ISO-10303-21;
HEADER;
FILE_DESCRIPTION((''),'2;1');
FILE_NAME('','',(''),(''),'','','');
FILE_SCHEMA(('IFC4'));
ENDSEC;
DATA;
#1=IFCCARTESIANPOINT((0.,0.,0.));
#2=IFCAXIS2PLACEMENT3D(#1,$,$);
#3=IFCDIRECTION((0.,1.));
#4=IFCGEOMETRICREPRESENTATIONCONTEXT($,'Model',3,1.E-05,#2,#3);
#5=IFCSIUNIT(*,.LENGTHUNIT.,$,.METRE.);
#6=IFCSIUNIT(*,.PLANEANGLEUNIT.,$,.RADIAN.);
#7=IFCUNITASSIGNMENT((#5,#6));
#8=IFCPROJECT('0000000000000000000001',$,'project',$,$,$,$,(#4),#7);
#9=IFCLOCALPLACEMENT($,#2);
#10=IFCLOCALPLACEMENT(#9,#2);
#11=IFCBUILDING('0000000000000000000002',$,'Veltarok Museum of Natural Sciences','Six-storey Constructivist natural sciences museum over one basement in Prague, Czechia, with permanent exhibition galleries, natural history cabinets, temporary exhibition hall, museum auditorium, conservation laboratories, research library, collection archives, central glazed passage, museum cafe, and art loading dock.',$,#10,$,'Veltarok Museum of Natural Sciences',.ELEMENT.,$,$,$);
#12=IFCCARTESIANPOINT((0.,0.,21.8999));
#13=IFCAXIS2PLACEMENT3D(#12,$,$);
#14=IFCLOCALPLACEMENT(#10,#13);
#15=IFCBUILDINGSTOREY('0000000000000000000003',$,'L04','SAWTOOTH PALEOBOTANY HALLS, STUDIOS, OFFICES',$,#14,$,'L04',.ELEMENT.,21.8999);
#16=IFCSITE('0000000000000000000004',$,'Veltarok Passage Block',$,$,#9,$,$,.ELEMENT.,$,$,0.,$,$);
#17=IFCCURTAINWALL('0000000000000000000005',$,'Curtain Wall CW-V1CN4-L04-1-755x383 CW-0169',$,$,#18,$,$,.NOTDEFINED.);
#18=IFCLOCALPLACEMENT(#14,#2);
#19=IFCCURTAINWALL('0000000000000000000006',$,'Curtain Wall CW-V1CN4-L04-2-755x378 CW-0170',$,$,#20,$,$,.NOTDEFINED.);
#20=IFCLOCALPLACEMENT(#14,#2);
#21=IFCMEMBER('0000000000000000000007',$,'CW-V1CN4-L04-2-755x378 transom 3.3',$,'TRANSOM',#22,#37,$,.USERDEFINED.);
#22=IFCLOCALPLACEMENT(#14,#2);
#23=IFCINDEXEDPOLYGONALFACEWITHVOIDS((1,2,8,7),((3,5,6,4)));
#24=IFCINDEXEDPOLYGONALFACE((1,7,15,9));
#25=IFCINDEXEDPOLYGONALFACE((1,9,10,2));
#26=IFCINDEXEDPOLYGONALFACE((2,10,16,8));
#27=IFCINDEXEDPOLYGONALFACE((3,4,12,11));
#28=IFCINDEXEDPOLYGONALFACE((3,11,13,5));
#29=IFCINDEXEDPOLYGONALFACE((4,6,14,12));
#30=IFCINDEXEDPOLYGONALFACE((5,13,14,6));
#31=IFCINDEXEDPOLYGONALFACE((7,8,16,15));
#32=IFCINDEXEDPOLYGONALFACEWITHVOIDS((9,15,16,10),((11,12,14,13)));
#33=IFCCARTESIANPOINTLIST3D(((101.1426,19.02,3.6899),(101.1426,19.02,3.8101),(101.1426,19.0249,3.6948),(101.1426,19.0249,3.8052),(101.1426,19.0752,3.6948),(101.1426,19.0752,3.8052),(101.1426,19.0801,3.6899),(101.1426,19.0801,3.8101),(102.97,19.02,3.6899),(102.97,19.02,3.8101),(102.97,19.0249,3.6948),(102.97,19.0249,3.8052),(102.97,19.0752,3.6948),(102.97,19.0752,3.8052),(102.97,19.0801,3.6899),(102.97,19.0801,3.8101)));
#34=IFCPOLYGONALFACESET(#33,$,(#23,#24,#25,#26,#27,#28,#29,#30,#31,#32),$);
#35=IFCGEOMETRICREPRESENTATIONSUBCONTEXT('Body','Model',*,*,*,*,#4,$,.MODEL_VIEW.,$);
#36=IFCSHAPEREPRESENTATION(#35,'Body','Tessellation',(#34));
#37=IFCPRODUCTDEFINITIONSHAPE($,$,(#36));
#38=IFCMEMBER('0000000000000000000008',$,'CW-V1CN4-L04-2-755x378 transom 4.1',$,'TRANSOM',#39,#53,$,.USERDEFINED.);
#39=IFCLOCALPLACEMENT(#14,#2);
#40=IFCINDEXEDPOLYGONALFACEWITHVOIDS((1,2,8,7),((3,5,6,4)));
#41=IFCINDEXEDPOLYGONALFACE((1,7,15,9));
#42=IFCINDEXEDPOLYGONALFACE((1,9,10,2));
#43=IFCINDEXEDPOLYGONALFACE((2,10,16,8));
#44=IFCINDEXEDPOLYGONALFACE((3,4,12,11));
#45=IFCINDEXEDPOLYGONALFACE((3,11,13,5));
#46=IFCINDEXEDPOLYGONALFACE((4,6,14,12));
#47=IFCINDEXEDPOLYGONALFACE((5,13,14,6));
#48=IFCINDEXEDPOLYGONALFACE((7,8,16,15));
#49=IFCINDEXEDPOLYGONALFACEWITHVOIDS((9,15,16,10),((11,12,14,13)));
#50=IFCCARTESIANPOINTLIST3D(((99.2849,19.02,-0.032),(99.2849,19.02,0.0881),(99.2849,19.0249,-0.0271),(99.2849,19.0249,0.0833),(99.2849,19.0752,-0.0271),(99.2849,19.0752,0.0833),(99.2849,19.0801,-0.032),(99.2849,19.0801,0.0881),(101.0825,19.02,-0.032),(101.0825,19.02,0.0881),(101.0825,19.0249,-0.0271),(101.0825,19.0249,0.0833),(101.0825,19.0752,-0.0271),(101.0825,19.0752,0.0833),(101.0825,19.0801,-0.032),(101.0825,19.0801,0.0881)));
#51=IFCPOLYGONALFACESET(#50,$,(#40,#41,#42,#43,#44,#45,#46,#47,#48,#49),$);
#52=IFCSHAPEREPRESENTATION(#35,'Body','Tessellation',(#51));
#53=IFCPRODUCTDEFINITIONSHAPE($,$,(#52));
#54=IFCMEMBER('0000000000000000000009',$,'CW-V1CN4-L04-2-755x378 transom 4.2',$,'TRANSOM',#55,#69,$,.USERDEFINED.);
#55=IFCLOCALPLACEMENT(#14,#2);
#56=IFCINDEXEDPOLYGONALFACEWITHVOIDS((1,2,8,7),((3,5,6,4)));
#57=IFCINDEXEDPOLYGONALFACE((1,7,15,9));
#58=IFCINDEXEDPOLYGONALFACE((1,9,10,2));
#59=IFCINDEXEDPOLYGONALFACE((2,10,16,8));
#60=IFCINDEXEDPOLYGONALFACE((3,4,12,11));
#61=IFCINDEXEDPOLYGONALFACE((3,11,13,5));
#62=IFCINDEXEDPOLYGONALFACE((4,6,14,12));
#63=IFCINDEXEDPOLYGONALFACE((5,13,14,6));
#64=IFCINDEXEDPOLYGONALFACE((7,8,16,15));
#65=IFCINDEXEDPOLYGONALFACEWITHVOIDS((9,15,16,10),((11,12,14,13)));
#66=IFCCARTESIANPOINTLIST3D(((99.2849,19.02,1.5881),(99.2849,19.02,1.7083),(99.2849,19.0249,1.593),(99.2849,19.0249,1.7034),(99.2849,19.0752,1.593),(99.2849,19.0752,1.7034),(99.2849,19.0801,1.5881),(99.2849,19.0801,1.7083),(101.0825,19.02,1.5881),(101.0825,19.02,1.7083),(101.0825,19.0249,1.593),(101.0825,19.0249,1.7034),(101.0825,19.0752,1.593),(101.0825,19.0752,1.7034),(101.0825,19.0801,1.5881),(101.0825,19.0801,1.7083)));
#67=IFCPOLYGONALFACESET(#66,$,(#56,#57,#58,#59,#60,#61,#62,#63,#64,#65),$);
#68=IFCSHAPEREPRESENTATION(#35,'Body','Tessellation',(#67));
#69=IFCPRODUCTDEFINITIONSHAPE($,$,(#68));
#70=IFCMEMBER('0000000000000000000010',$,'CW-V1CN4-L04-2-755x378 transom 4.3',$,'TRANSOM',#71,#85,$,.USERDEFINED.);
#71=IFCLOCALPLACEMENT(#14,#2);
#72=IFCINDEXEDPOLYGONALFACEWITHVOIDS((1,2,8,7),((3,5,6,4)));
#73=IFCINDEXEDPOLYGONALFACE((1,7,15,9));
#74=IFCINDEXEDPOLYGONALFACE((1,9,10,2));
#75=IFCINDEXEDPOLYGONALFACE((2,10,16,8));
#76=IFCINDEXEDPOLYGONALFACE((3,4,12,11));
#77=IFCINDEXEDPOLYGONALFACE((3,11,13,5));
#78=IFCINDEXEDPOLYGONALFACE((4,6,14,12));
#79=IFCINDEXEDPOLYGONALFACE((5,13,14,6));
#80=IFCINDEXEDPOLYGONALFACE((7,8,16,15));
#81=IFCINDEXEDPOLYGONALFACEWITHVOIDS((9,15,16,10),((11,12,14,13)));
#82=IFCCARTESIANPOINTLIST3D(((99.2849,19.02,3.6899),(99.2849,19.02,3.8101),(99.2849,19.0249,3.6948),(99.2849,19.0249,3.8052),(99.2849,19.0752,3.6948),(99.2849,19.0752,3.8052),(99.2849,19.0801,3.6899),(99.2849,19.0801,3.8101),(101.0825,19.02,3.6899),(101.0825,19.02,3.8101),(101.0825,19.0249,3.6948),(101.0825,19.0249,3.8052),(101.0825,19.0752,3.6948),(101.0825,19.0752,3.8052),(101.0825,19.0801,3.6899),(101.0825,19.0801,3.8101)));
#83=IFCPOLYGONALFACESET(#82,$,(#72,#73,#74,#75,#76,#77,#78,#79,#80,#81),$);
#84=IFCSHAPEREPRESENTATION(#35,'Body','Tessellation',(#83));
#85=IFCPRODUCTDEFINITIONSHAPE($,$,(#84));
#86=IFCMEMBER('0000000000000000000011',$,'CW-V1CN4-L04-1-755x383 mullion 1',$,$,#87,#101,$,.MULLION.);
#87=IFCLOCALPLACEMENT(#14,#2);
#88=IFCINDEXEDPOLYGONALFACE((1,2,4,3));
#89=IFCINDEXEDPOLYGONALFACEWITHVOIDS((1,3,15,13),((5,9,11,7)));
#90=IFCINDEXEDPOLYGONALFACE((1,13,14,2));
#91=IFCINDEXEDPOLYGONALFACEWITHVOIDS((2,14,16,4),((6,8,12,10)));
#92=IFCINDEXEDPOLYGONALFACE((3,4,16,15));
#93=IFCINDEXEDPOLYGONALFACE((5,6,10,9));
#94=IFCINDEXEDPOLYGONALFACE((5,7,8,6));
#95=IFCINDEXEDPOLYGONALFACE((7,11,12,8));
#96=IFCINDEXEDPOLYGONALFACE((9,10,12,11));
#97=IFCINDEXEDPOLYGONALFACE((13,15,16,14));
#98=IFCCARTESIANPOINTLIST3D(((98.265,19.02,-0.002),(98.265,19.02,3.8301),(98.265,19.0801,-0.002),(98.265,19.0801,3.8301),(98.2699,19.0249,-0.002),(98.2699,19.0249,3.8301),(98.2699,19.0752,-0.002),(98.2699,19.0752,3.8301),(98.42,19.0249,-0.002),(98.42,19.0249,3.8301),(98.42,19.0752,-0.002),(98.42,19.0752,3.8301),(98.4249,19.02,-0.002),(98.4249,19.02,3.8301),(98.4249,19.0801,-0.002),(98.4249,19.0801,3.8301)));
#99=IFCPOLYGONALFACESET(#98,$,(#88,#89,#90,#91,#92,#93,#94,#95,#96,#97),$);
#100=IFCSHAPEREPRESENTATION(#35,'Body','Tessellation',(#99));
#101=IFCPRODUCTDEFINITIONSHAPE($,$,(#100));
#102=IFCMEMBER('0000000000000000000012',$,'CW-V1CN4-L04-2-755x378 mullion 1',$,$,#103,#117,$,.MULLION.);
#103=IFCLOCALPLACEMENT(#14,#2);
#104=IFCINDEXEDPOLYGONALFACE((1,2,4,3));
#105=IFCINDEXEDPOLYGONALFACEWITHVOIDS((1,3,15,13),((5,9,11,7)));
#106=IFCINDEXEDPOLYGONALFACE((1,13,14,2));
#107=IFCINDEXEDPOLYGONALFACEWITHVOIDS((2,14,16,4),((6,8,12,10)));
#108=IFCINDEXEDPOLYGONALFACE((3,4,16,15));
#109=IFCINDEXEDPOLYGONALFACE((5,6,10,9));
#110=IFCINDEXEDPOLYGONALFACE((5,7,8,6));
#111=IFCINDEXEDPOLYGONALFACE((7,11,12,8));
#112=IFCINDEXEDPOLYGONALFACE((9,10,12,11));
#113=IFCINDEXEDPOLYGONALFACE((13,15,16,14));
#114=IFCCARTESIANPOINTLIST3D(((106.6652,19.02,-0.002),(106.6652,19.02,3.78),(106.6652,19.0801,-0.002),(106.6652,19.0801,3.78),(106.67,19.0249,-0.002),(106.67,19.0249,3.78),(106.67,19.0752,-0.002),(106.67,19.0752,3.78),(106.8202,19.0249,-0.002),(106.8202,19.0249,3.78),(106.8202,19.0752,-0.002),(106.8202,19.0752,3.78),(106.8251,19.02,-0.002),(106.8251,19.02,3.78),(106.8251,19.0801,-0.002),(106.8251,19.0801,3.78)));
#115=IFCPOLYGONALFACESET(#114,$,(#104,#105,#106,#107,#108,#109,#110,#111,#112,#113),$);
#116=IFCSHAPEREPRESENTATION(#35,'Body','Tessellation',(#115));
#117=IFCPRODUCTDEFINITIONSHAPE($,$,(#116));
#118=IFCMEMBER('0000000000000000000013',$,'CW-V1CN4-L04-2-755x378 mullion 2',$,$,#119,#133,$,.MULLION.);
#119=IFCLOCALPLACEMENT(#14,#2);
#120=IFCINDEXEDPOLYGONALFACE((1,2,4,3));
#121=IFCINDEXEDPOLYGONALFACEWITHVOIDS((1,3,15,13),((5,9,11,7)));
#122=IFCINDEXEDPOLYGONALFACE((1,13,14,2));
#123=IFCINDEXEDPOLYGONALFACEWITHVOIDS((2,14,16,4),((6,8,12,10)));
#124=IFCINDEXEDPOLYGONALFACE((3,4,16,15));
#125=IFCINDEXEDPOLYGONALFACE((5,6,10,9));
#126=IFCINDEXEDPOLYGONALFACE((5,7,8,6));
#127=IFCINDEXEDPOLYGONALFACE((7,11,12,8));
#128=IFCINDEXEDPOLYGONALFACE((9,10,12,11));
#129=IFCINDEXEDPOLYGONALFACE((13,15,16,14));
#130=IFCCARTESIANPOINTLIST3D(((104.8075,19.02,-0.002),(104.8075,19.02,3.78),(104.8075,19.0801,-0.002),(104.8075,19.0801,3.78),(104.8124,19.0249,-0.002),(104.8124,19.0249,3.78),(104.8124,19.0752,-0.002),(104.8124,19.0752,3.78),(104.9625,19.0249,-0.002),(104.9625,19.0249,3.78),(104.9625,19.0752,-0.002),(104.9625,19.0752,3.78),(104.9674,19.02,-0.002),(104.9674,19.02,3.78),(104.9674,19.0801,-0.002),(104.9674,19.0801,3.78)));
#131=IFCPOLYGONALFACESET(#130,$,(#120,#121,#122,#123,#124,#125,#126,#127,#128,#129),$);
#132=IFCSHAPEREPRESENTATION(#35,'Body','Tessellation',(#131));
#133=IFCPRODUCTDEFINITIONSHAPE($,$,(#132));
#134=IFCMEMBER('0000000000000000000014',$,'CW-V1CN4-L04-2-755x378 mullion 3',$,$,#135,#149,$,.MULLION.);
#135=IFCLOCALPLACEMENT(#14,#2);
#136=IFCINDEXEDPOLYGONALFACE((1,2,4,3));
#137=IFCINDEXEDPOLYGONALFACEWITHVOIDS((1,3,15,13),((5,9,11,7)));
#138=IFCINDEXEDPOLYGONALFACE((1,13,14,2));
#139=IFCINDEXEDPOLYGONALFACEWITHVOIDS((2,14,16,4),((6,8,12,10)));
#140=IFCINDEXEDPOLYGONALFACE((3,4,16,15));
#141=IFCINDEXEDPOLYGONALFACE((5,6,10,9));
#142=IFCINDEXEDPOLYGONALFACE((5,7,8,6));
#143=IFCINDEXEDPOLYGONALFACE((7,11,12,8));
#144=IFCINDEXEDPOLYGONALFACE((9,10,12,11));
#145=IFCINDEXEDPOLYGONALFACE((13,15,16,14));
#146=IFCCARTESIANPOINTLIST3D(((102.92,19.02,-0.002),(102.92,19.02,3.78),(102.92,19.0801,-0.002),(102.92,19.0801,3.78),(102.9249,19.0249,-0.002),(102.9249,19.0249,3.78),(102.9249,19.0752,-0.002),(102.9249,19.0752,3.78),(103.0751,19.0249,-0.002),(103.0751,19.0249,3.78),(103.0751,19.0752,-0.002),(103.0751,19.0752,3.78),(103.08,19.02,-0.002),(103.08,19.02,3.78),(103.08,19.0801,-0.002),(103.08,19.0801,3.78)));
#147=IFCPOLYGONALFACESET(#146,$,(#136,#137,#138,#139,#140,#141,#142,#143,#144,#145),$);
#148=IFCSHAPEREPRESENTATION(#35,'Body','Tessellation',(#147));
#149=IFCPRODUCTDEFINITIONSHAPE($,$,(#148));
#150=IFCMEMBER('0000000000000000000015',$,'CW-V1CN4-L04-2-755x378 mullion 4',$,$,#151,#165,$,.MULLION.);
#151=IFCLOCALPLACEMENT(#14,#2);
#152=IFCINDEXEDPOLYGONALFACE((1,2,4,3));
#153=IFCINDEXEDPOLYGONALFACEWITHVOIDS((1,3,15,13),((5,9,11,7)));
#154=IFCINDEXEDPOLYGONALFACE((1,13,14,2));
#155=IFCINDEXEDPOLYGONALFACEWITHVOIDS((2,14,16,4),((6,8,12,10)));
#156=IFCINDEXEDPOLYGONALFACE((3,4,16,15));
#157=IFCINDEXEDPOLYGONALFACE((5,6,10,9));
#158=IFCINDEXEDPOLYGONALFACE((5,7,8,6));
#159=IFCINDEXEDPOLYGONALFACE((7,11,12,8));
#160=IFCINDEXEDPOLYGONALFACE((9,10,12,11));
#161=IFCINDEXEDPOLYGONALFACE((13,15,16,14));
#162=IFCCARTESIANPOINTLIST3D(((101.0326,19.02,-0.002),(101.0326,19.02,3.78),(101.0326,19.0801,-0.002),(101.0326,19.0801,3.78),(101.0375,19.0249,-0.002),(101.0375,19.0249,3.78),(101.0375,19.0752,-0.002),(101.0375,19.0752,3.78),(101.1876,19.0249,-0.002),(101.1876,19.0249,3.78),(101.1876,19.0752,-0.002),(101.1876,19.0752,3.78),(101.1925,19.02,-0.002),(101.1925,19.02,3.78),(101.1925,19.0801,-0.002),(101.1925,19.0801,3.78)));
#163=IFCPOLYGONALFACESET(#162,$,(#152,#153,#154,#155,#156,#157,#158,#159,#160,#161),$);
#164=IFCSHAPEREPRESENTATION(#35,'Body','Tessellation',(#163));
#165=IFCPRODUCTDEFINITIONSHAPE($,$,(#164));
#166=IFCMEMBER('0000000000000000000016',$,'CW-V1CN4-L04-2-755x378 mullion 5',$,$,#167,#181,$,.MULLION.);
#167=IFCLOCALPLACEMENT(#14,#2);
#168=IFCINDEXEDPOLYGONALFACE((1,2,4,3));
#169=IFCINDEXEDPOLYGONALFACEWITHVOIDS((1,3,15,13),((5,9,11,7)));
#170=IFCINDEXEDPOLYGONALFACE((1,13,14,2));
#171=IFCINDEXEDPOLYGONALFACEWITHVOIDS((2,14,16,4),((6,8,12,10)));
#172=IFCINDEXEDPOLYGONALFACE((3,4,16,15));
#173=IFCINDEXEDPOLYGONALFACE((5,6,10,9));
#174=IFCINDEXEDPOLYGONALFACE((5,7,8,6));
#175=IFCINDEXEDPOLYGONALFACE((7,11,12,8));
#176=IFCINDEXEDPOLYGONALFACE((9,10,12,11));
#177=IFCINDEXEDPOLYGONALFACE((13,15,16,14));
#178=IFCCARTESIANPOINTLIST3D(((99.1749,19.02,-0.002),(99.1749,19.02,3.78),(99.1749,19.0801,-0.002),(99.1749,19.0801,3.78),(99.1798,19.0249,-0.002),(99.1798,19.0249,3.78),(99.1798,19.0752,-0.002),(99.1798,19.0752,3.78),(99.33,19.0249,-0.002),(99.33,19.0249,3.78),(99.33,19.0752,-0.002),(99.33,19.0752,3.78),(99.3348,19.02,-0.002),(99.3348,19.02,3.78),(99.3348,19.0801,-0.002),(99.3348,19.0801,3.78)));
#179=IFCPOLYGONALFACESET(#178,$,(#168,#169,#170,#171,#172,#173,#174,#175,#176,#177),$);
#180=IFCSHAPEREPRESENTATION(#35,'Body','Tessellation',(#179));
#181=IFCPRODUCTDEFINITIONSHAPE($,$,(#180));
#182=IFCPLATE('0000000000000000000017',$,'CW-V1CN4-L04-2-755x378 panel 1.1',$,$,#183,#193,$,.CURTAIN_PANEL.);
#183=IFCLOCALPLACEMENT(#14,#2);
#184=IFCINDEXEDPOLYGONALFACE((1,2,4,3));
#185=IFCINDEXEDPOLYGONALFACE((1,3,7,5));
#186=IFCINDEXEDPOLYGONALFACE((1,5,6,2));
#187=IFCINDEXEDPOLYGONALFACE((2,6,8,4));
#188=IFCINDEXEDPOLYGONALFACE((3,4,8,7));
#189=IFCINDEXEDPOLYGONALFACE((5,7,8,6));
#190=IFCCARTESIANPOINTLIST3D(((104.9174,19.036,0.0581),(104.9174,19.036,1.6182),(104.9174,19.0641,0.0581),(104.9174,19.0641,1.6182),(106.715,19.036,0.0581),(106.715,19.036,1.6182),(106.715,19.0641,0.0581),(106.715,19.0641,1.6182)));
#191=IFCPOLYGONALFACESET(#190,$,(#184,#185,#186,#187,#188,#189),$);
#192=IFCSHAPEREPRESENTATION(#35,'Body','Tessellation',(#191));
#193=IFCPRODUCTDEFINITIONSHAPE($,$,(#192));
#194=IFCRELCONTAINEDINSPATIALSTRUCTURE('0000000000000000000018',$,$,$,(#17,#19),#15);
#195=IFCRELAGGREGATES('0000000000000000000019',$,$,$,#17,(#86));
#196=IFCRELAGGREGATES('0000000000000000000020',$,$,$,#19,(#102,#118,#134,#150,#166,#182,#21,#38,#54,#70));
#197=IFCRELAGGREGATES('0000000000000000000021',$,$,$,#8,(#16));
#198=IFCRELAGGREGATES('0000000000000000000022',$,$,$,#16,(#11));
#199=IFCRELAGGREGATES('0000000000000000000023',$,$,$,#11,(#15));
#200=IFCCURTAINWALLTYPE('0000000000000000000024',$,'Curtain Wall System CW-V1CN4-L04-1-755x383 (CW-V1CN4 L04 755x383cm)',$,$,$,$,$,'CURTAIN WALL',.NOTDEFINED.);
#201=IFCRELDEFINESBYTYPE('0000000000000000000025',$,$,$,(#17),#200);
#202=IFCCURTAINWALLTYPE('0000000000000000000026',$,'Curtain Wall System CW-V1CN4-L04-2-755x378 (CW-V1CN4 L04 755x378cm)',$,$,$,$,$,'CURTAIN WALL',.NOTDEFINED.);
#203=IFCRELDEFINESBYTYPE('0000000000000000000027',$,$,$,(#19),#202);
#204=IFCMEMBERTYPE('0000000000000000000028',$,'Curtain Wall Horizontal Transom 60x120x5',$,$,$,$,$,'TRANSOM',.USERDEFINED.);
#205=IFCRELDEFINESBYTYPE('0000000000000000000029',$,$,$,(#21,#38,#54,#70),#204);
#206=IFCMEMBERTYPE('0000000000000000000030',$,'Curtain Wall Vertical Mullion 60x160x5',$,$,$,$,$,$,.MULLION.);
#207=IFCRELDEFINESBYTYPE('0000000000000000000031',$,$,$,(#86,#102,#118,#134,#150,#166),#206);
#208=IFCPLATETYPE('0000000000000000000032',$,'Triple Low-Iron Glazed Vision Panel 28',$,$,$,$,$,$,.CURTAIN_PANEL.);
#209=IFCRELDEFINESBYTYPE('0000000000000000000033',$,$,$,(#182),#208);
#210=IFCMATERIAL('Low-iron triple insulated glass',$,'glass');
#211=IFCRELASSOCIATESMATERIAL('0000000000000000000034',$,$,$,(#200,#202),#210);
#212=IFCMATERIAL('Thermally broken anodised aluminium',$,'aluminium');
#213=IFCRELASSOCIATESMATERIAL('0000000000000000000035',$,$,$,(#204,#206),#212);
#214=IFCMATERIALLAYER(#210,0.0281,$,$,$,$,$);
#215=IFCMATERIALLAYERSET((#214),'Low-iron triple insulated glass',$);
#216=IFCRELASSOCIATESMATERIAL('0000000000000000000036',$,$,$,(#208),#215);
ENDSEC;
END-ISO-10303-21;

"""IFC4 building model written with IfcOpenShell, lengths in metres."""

from ifc_helpers import new_model, si_unit, direction, frame, origin, origin_2d, place, context, subcontext, project, spatial, rectangle, hollow_rectangle, extrude, material, layer, layer_set, material_profile, profile_set, type_object, element, aggregate, save


model = new_model("IFC4")

# Units and contexts
model_context = context("Model", 3, precision=1e-05, world=origin(), true_north=direction((0.0, 1.0)))
body_context = subcontext(model_context, "Body", "Model", "MODEL_VIEW")
ifc_project = project(units=[si_unit("LENGTHUNIT", "METRE"), si_unit("PLANEANGLEUNIT", "RADIAN")], contexts=[model_context])

# Site, building, storey
site_placement = place(None, origin())
site = spatial("IfcSite", under=ifc_project, at=site_placement, Name="Veltarok Passage Block", CompositionType="ELEMENT", RefElevation=0.0)
building_placement = place(site_placement, origin())
building = spatial("IfcBuilding", under=site, at=building_placement, Name="Veltarok Museum of Natural Sciences", Description="Six-storey Constructivist natural sciences museum over one basement in Prague, Czechia, with permanent exhibition galleries, natural history cabinets, temporary exhibition hall, museum auditorium, conservation laboratories, research library, collection archives, central glazed passage, museum cafe, and art loading dock.", LongName="Veltarok Museum of Natural Sciences", CompositionType="ELEMENT")
storey_placement = place(building_placement, frame((0.0, 0.0, 21.8999)))
storey = spatial("IfcBuildingStorey", under=building, at=storey_placement, Name="L04", Description="SAWTOOTH PALEOBOTANY HALLS, STUDIOS, OFFICES", LongName="L04", CompositionType="ELEMENT", Elevation=21.8999)

# Curtain walls, members
ifc_material_1 = material(Name="Low-iron triple insulated glass", Category="glass")
curtain_wall_type_1 = type_object("IfcCurtainWallType", Name="Curtain Wall System CW-V1CN4-L04-1-755x383 (CW-V1CN4 L04 755x383cm)", ElementType="CURTAIN WALL", PredefinedType="NOTDEFINED", material=ifc_material_1)
curtain_wall_1_placement = place(storey_placement, origin())
curtain_wall_1 = element("IfcCurtainWall", 1, at=curtain_wall_1_placement, inside=storey, type_object=curtain_wall_type_1, Name="Curtain Wall CW-V1CN4-L04-1-755x383 CW-0169", PredefinedType="NOTDEFINED")
ifc_material_2 = material(Name="Thermally broken anodised aluminium", Category="aluminium")
ifc_material_profile_1 = material_profile(ifc_material_2, hollow_rectangle(XDim=0.0601, YDim=0.1201, WallThickness=0.0049, at=origin_2d()), Name="CW TRANSOM 60x120x5")
ifc_profile_set_1 = profile_set([ifc_material_profile_1], Name="Thermally broken anodised aluminium")
member_type_1 = type_object("IfcMemberType", Name="Curtain Wall Horizontal Transom 60x120x5", ElementType="TRANSOM", PredefinedType="USERDEFINED", material=ifc_profile_set_1)
curtain_wall_type_2 = type_object("IfcCurtainWallType", Name="Curtain Wall System CW-V1CN4-L04-2-755x378 (CW-V1CN4 L04 755x378cm)", ElementType="CURTAIN WALL", PredefinedType="NOTDEFINED", material=ifc_material_1)
curtain_wall_2_placement = place(storey_placement, origin())
curtain_wall_2 = element("IfcCurtainWall", 2, at=curtain_wall_2_placement, inside=storey, type_object=curtain_wall_type_2, Name="Curtain Wall CW-V1CN4-L04-2-755x378 CW-0170", PredefinedType="NOTDEFINED")
member_1_placement = place(storey_placement, frame((102.97, 19.05, 3.75), z_axis=(-1.0, 0.0, 0.0), x_axis=(0.0, -1.0, 0.0)))
member_1 = element("IfcMember", 3, at=member_1_placement, type_object=member_type_1, Name="CW-V1CN4-L04-2-755x378 transom 3.3", ObjectType="TRANSOM", PredefinedType="USERDEFINED", context=body_context, shape_type="SweptSolid", body=[
    extrude(hollow_rectangle(XDim=0.0601, YDim=0.1201, WallThickness=0.0049, at=origin_2d()), origin(), (0.0, 0.0, 1.0), 1.8274),
])
member_2_placement = place(storey_placement, frame((101.0825, 19.05, 0.0281), z_axis=(-1.0, 0.0, 0.0), x_axis=(0.0, -1.0, 0.0)))
member_2 = element("IfcMember", 4, at=member_2_placement, type_object=member_type_1, Name="CW-V1CN4-L04-2-755x378 transom 4.1", ObjectType="TRANSOM", PredefinedType="USERDEFINED", context=body_context, shape_type="SweptSolid", body=[
    extrude(hollow_rectangle(XDim=0.0601, YDim=0.1201, WallThickness=0.0049, at=origin_2d()), origin(), (0.0, 0.0, 1.0), 1.7976),
])
member_3_placement = place(storey_placement, frame((101.0825, 19.05, 1.6482), z_axis=(-1.0, 0.0, 0.0), x_axis=(0.0, -1.0, 0.0)))
member_3 = element("IfcMember", 5, at=member_3_placement, type_object=member_type_1, Name="CW-V1CN4-L04-2-755x378 transom 4.2", ObjectType="TRANSOM", PredefinedType="USERDEFINED", context=body_context, shape_type="SweptSolid", body=[
    extrude(hollow_rectangle(XDim=0.0601, YDim=0.1201, WallThickness=0.0049, at=origin_2d()), origin(), (0.0, 0.0, 1.0), 1.7976),
])
member_4_placement = place(storey_placement, frame((101.0825, 19.05, 3.75), z_axis=(-1.0, 0.0, 0.0), x_axis=(0.0, -1.0, 0.0)))
member_4 = element("IfcMember", 6, at=member_4_placement, type_object=member_type_1, Name="CW-V1CN4-L04-2-755x378 transom 4.3", ObjectType="TRANSOM", PredefinedType="USERDEFINED", context=body_context, shape_type="SweptSolid", body=[
    extrude(hollow_rectangle(XDim=0.0601, YDim=0.1201, WallThickness=0.0049, at=origin_2d()), origin(), (0.0, 0.0, 1.0), 1.7976),
])

# Members
ifc_material_profile_2 = material_profile(ifc_material_2, hollow_rectangle(XDim=0.0601, YDim=0.1599, WallThickness=0.0049, at=origin_2d()), Name="CW MULLION 60x160x5")
ifc_profile_set_2 = profile_set([ifc_material_profile_2], Name="Thermally broken anodised aluminium")
member_type_2 = type_object("IfcMemberType", Name="Curtain Wall Vertical Mullion 60x160x5", PredefinedType="MULLION", material=ifc_profile_set_2)
member_5_placement = place(storey_placement, frame((98.345, 19.05, -0.002), z_axis=(0.0, 0.0, 1.0), x_axis=(0.0, -1.0, 0.0)))
member_5 = element("IfcMember", 7, at=member_5_placement, type_object=member_type_2, Name="CW-V1CN4-L04-1-755x383 mullion 1", PredefinedType="MULLION", context=body_context, shape_type="SweptSolid", body=[
    extrude(hollow_rectangle(XDim=0.0601, YDim=0.1599, WallThickness=0.0049, at=origin_2d()), origin(), (0.0, 0.0, 1.0), 3.832),
])
aggregate(curtain_wall_1, [member_5])
member_6_placement = place(storey_placement, frame((106.7451, 19.05, -0.002), z_axis=(0.0, 0.0, 1.0), x_axis=(0.0, -1.0, 0.0)))
member_6 = element("IfcMember", 8, at=member_6_placement, type_object=member_type_2, Name="CW-V1CN4-L04-2-755x378 mullion 1", PredefinedType="MULLION", context=body_context, shape_type="SweptSolid", body=[
    extrude(hollow_rectangle(XDim=0.0601, YDim=0.1599, WallThickness=0.0049, at=origin_2d()), origin(), (0.0, 0.0, 1.0), 3.782),
])
member_7_placement = place(storey_placement, frame((104.8875, 19.05, -0.002), z_axis=(0.0, 0.0, 1.0), x_axis=(0.0, -1.0, 0.0)))
member_7 = element("IfcMember", 9, at=member_7_placement, type_object=member_type_2, Name="CW-V1CN4-L04-2-755x378 mullion 2", PredefinedType="MULLION", context=body_context, shape_type="SweptSolid", body=[
    extrude(hollow_rectangle(XDim=0.0601, YDim=0.1599, WallThickness=0.0049, at=origin_2d()), origin(), (0.0, 0.0, 1.0), 3.782),
])
member_8_placement = place(storey_placement, frame((103.0, 19.05, -0.002), z_axis=(0.0, 0.0, 1.0), x_axis=(0.0, -1.0, 0.0)))
member_8 = element("IfcMember", 10, at=member_8_placement, type_object=member_type_2, Name="CW-V1CN4-L04-2-755x378 mullion 3", PredefinedType="MULLION", context=body_context, shape_type="SweptSolid", body=[
    extrude(hollow_rectangle(XDim=0.0601, YDim=0.1599, WallThickness=0.0049, at=origin_2d()), origin(), (0.0, 0.0, 1.0), 3.782),
])
member_9_placement = place(storey_placement, frame((101.1125, 19.05, -0.002), z_axis=(0.0, 0.0, 1.0), x_axis=(0.0, -1.0, 0.0)))
member_9 = element("IfcMember", 11, at=member_9_placement, type_object=member_type_2, Name="CW-V1CN4-L04-2-755x378 mullion 4", PredefinedType="MULLION", context=body_context, shape_type="SweptSolid", body=[
    extrude(hollow_rectangle(XDim=0.0601, YDim=0.1599, WallThickness=0.0049, at=origin_2d()), origin(), (0.0, 0.0, 1.0), 3.782),
])
member_10_placement = place(storey_placement, frame((99.2549, 19.05, -0.002), z_axis=(0.0, 0.0, 1.0), x_axis=(0.0, -1.0, 0.0)))
member_10 = element("IfcMember", 12, at=member_10_placement, type_object=member_type_2, Name="CW-V1CN4-L04-2-755x378 mullion 5", PredefinedType="MULLION", context=body_context, shape_type="SweptSolid", body=[
    extrude(hollow_rectangle(XDim=0.0601, YDim=0.1599, WallThickness=0.0049, at=origin_2d()), origin(), (0.0, 0.0, 1.0), 3.782),
])

# Plate
ifc_layer = layer(ifc_material_1, 0.0281)
ifc_layer_set = layer_set([ifc_layer], Name="Low-iron triple insulated glass")
plate_type = type_object("IfcPlateType", Name="Triple Low-Iron Glazed Vision Panel 28", PredefinedType="CURTAIN_PANEL", material=ifc_layer_set)
plate_1_placement = place(storey_placement, frame((105.8162, 19.05, 0.0581), z_axis=(0.0, 0.0, 1.0), x_axis=(-1.0, 0.0, 0.0)))
plate_1 = element("IfcPlate", 13, at=plate_1_placement, type_object=plate_type, Name="CW-V1CN4-L04-2-755x378 panel 1.1", PredefinedType="CURTAIN_PANEL", context=body_context, shape_type="SweptSolid", body=[
    extrude(rectangle(XDim=1.7976, YDim=0.0281, at=origin_2d()), origin(), (0.0, 0.0, 1.0), 1.5601),
])
aggregate(curtain_wall_2, [member_6, member_7, member_8, member_9, member_10, plate_1, member_1, member_2, member_3, member_4])

save(model, "model.ifc")
